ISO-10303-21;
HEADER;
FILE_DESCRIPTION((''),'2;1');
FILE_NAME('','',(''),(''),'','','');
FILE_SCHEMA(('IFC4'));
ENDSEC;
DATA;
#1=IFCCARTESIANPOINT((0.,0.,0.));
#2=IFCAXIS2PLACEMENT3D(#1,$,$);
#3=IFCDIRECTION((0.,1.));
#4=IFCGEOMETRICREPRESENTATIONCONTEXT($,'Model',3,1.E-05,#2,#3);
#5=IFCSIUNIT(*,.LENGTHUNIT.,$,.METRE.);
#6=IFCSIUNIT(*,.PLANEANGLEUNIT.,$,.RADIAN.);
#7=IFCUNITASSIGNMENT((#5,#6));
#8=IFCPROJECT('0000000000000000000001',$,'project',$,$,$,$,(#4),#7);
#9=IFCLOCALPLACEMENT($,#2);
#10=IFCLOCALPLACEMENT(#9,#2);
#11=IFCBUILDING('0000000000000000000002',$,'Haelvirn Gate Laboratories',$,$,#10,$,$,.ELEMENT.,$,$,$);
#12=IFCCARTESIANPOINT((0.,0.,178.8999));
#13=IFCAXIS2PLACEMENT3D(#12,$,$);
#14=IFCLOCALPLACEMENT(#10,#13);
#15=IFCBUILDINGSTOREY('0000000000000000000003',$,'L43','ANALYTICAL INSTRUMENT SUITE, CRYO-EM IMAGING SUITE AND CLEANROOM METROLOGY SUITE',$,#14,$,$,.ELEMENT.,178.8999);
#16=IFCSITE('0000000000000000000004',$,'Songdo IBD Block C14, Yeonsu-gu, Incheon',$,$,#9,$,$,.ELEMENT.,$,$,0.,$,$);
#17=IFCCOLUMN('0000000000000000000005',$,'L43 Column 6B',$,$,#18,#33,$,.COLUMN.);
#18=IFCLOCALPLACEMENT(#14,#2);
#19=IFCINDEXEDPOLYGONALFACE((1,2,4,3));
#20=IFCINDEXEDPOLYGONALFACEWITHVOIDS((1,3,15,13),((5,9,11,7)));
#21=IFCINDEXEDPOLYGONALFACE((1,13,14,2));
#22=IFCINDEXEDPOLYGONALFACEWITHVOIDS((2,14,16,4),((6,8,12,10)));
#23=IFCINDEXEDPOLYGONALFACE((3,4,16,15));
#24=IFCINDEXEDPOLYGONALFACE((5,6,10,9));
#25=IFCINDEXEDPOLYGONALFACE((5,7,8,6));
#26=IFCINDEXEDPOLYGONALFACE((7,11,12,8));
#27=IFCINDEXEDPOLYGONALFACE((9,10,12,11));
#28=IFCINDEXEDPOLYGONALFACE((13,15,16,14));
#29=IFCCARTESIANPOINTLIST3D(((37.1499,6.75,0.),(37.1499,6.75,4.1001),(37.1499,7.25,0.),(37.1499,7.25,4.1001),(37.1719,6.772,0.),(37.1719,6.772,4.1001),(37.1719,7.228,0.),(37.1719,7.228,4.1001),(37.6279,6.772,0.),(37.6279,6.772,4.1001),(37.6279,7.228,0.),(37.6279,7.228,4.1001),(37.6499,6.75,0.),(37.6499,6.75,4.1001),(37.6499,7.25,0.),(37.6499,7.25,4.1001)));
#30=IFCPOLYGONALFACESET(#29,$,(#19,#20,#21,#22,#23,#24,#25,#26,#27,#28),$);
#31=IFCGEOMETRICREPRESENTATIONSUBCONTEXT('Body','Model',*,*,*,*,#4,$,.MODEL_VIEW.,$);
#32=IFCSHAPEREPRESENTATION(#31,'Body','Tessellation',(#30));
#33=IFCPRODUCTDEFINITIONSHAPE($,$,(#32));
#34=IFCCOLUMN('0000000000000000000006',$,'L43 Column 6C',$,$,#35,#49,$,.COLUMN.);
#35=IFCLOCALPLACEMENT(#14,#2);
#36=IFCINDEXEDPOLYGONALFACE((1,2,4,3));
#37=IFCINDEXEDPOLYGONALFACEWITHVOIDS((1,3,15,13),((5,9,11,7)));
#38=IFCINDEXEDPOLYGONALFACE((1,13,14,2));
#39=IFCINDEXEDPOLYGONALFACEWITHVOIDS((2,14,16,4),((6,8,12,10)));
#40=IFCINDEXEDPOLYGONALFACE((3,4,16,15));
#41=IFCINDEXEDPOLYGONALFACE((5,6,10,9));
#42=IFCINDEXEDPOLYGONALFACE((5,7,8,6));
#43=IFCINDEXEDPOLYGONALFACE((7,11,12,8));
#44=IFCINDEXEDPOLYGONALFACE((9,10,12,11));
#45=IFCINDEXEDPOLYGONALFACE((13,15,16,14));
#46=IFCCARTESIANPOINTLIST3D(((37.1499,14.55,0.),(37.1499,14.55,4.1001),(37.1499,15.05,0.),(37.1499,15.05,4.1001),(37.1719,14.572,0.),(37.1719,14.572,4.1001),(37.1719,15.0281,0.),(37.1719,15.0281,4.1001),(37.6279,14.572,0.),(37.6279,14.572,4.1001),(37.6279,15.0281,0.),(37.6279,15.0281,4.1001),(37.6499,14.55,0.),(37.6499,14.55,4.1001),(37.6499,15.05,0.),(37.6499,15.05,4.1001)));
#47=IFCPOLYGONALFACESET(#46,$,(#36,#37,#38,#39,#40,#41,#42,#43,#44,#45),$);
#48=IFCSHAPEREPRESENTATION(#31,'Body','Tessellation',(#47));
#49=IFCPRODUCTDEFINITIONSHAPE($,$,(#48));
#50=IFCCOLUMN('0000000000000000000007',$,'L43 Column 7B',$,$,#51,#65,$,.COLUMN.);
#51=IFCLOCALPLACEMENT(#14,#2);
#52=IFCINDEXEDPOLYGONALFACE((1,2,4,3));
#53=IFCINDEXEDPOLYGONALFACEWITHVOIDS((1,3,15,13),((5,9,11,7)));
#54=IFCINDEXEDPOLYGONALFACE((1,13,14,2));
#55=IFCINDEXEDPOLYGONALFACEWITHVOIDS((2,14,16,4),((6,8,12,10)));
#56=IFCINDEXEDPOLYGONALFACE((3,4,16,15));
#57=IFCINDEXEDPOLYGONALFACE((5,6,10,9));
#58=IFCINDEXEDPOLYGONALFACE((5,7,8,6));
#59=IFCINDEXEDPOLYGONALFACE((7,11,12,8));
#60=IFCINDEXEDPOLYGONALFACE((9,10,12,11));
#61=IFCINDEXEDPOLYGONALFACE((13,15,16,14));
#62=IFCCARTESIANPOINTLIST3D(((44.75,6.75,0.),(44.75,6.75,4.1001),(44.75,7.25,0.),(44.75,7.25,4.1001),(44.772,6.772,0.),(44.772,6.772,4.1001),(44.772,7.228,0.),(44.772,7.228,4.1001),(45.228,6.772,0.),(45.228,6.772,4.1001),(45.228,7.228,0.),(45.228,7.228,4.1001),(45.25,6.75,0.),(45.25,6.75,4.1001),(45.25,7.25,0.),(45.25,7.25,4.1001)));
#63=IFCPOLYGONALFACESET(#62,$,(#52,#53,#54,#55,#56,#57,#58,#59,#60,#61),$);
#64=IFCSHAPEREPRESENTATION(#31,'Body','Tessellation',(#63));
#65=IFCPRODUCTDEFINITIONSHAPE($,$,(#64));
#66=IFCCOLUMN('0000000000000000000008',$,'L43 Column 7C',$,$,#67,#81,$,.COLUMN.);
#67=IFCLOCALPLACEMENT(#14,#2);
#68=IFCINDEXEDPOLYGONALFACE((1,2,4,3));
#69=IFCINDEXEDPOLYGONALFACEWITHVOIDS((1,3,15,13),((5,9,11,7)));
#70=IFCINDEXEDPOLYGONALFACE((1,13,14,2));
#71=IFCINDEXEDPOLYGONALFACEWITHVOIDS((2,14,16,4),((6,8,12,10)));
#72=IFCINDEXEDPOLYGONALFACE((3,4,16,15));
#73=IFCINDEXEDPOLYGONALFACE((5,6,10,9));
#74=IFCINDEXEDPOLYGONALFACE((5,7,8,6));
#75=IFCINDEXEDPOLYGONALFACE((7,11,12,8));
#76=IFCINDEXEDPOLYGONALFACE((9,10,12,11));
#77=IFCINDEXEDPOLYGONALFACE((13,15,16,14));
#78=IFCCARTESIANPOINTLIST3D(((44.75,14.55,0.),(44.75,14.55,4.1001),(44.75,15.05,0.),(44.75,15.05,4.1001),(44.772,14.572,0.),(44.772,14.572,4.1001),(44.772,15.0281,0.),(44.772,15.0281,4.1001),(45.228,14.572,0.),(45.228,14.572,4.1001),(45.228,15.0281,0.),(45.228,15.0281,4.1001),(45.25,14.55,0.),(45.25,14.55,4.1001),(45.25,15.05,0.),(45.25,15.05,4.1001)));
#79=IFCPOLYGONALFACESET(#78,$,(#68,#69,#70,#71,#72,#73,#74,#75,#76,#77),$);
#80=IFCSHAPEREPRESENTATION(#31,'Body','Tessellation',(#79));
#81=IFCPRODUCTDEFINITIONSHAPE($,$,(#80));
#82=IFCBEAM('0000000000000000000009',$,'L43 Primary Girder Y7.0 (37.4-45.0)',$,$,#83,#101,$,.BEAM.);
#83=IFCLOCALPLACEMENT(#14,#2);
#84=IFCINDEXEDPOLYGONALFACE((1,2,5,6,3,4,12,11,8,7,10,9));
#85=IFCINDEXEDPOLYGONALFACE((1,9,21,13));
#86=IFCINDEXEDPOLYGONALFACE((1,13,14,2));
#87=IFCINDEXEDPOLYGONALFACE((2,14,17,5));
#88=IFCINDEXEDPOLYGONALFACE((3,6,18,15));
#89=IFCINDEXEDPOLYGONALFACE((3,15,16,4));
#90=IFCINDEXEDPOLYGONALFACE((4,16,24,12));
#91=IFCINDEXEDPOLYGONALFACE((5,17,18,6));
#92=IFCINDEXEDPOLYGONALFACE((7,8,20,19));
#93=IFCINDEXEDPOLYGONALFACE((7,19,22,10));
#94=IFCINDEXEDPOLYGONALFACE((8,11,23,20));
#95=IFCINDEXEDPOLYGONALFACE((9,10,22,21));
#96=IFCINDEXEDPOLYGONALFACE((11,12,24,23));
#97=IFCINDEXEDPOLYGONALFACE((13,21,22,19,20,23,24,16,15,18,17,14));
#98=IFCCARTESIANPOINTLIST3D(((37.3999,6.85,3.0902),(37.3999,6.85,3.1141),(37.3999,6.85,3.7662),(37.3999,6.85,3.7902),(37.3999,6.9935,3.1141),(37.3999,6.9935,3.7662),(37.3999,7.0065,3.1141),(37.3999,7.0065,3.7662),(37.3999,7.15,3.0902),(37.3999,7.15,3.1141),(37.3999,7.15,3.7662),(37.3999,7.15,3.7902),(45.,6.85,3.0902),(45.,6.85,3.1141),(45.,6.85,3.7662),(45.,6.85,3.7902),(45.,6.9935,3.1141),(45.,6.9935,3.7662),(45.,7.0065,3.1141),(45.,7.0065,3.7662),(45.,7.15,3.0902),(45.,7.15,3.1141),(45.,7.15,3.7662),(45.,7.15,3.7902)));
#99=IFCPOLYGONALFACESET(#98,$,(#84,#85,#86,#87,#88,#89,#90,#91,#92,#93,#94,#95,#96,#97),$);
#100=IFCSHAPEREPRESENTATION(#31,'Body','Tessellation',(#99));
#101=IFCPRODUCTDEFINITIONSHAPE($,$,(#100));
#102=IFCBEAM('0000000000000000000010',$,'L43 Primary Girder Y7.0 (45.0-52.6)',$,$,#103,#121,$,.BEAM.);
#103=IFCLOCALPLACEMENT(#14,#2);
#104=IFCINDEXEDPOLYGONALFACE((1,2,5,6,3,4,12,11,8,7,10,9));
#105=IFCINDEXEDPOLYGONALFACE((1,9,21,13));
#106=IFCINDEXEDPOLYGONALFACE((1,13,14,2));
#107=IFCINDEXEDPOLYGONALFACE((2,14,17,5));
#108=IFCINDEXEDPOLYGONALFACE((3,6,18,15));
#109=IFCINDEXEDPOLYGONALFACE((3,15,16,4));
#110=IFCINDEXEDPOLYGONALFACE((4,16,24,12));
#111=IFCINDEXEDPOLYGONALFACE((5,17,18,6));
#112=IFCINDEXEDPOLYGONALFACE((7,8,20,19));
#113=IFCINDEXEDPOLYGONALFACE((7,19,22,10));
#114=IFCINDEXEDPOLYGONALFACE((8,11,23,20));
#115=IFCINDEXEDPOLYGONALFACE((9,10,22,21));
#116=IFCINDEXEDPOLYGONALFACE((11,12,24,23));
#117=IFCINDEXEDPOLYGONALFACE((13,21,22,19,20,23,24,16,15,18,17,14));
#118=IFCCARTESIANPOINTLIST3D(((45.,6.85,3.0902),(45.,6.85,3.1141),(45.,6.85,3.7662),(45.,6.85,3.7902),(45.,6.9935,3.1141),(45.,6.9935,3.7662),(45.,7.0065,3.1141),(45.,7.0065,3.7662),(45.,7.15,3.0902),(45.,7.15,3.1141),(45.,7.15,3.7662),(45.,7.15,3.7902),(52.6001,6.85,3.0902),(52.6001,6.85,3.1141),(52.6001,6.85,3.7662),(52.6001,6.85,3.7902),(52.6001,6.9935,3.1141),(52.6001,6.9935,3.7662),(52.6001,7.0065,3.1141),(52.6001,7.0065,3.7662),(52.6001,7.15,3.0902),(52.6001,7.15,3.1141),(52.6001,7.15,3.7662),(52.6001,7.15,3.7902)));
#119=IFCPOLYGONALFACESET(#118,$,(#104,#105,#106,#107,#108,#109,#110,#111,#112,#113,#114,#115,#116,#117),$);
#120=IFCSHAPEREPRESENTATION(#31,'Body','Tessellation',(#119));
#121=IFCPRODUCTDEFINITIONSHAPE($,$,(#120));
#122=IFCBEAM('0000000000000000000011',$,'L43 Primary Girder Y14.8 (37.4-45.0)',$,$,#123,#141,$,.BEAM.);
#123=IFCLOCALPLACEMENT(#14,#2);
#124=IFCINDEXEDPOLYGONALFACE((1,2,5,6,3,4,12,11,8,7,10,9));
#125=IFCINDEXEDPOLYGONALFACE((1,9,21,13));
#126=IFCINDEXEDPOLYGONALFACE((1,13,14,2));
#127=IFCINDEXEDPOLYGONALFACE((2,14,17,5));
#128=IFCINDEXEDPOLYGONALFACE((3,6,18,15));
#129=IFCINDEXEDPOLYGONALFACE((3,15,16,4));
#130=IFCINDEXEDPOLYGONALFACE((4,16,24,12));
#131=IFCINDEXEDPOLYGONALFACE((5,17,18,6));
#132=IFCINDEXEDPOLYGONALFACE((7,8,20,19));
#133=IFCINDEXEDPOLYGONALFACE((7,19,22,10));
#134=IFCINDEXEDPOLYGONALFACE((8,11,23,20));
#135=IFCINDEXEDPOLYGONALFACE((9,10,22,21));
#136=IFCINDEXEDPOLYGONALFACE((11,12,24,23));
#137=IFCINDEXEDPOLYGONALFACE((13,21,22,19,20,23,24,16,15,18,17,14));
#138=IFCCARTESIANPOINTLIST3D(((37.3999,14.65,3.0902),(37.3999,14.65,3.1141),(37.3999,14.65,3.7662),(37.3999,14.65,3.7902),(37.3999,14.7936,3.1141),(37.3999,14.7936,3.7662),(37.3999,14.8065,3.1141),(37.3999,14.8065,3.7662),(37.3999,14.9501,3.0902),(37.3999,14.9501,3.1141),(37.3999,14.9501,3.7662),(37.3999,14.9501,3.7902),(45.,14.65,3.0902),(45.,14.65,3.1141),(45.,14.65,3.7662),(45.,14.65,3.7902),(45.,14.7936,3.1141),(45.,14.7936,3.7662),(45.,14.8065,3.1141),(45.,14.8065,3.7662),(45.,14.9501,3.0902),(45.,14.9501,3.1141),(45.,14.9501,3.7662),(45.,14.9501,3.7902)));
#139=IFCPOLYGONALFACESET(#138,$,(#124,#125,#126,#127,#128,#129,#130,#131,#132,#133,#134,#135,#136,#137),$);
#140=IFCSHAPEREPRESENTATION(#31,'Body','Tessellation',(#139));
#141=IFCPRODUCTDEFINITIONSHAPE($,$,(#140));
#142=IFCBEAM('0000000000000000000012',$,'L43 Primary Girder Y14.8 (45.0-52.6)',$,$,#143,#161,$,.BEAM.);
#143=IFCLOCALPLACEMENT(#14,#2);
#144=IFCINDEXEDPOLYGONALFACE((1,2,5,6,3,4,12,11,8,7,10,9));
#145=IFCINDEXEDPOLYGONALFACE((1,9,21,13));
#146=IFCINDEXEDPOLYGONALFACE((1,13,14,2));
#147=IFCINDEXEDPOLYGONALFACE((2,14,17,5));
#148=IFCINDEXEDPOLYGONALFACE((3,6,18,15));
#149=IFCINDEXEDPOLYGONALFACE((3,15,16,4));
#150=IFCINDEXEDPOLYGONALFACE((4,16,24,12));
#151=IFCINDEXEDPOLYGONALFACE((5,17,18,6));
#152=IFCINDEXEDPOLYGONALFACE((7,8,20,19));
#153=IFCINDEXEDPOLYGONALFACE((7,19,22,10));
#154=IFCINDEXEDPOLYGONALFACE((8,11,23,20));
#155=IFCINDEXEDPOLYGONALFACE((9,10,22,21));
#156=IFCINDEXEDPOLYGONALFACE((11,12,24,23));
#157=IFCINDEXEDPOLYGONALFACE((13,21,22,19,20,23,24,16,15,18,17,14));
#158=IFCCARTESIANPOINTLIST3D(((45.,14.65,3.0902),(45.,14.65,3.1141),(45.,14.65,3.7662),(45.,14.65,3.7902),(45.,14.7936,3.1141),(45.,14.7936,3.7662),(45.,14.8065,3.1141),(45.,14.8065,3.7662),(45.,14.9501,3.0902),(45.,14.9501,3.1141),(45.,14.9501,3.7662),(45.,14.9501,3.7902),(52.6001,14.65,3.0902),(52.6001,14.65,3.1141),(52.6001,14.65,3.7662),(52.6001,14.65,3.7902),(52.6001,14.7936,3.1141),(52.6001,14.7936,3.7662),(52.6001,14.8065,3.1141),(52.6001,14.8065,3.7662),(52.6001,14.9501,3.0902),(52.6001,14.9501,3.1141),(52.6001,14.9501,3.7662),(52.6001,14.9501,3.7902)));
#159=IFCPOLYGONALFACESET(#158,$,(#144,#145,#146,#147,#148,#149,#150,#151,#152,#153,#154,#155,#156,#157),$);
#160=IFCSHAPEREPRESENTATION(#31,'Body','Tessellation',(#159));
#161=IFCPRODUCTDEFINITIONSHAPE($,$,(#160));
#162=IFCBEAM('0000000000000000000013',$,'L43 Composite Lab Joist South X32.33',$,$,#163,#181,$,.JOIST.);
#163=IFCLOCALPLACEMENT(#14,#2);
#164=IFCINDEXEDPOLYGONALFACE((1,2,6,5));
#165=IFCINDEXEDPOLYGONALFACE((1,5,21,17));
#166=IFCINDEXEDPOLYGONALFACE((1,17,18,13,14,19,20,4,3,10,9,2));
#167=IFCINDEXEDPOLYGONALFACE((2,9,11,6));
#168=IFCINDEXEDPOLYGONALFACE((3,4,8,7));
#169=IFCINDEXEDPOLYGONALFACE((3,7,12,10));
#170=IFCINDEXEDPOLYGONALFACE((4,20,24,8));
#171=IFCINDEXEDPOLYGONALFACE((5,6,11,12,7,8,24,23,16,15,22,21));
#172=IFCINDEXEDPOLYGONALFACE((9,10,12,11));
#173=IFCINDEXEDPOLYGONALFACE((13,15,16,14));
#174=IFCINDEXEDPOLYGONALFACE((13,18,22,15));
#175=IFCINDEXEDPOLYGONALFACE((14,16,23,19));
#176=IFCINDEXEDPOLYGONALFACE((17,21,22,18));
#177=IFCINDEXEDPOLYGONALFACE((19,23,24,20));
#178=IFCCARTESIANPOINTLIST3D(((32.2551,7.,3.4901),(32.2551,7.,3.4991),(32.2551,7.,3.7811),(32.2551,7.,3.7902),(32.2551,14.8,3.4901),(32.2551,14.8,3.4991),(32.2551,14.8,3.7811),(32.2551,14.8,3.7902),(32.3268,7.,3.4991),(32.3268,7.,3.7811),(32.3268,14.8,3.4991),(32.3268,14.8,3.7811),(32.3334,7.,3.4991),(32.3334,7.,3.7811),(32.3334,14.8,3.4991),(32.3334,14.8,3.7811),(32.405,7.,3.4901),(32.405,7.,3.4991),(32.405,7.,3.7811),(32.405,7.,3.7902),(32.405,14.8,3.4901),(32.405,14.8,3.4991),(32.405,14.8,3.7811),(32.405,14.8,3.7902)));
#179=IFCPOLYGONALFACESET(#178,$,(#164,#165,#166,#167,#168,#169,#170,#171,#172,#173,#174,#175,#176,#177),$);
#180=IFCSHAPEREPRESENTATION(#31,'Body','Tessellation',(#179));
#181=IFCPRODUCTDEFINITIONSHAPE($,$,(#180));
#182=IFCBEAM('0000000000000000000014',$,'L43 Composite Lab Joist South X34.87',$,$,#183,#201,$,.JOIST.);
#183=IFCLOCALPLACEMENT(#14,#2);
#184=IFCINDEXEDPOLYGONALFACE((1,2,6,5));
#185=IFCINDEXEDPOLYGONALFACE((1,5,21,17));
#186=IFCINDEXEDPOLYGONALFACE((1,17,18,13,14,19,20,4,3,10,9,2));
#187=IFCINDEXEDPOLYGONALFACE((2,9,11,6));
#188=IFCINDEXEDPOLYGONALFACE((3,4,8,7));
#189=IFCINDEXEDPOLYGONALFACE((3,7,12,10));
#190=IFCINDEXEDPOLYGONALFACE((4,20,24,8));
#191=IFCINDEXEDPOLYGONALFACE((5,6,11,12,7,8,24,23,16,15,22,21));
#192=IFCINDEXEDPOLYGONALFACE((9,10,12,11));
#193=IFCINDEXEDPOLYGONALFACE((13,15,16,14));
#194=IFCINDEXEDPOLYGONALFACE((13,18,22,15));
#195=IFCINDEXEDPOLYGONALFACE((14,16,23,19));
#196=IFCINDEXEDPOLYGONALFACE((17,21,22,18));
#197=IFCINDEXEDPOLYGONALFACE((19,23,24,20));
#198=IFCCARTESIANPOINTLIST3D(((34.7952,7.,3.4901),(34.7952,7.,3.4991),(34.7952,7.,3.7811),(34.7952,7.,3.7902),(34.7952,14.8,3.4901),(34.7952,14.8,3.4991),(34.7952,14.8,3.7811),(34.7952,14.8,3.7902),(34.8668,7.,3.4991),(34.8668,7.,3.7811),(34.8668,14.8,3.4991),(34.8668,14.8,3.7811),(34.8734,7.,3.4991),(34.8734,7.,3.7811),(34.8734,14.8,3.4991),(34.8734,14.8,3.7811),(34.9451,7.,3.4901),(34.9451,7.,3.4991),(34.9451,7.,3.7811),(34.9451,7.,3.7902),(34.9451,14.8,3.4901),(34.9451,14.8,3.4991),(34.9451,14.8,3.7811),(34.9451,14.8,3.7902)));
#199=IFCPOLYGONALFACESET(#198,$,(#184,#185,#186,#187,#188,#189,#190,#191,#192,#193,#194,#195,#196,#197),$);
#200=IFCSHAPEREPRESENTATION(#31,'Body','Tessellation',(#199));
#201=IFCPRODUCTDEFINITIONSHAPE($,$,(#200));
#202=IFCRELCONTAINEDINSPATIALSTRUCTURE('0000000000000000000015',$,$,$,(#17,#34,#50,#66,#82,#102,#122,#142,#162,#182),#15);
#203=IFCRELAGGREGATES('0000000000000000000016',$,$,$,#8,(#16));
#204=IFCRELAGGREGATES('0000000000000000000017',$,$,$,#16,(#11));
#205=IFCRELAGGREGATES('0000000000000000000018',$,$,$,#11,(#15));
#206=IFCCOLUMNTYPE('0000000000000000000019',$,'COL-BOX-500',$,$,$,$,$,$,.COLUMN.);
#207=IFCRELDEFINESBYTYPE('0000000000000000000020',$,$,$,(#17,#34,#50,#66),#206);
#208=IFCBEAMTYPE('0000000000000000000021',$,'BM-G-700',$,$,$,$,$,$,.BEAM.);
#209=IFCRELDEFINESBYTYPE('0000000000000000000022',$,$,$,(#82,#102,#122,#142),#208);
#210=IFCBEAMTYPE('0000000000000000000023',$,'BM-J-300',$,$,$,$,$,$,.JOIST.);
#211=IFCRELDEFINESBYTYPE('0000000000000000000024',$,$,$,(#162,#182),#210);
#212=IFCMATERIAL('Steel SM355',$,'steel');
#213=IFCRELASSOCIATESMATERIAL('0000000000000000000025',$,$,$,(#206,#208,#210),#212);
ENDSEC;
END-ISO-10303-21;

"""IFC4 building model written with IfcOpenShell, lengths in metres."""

from ifc_helpers import new_model, si_unit, direction, frame, origin, origin_2d, place, context, subcontext, project, spatial, hollow_rectangle, i_section, extrude, source, transform, mapped, material, material_profile, profile_set, type_object, type_shapes, element, save


model = new_model("IFC4")

# Units and contexts
model_context = context("Model", 3, precision=1e-05, world=origin(), true_north=direction((0.0, 1.0)))
body_context = subcontext(model_context, "Body", "Model", "MODEL_VIEW")
ifc_project = project(units=[si_unit("LENGTHUNIT", "METRE"), si_unit("PLANEANGLEUNIT", "RADIAN")], contexts=[model_context])

# Site, building, storey
site_placement = place(None, origin())
site = spatial("IfcSite", under=ifc_project, at=site_placement, Name="Songdo IBD Block C14, Yeonsu-gu, Incheon", CompositionType="ELEMENT", RefElevation=0.0)
building_placement = place(site_placement, origin())
building = spatial("IfcBuilding", under=site, at=building_placement, Name="Haelvirn Gate Laboratories", CompositionType="ELEMENT")
storey_placement = place(building_placement, frame((0.0, 0.0, 178.8999)))
storey = spatial("IfcBuildingStorey", under=building, at=storey_placement, Name="L43", Description="ANALYTICAL INSTRUMENT SUITE, CRYO-EM IMAGING SUITE AND CLEANROOM METROLOGY SUITE", CompositionType="ELEMENT", Elevation=178.8999)

# Columns
ifc_material_1 = material(Name="Steel SM355", Category="steel")
ifc_material_profile_1 = material_profile(ifc_material_1, hollow_rectangle(XDim=0.5, YDim=0.5, WallThickness=0.022, at=origin_2d()), Name="BOX-500x500x22")
ifc_profile_set_1 = profile_set([ifc_material_profile_1], Name="Steel SM355")
column_type = type_object("IfcColumnType", Name="COL-BOX-500", PredefinedType="COLUMN", material=ifc_profile_set_1)
shared_shape_1 = source(origin(), body_context, "Body", "SweptSolid", [
    extrude(hollow_rectangle(XDim=0.5, YDim=0.5, WallThickness=0.022, at=origin_2d()), origin(), (0.0, 0.0, 1.0), 4.1001),
])
type_shapes(column_type, [shared_shape_1])
for number, where, z_axis, x_axis, name in (
    (1, (37.3999, 7.0, 0.0), (0.0, 0.0, 1.0), (1.0, 0.0, 0.0), "L43 Column 6B"),
    (2, (37.3999, 14.8, 0.0), (0.0, 0.0, 1.0), (1.0, 0.0, 0.0), "L43 Column 6C"),
    (3, (45.0, 7.0, 0.0), (0.0, 0.0, 1.0), (1.0, 0.0, 0.0), "L43 Column 7B"),
    (4, (45.0, 14.8, 0.0), (0.0, 0.0, 1.0), (1.0, 0.0, 0.0), "L43 Column 7C"),
):
    element("IfcColumn", number, at=place(storey_placement, frame(where, z_axis=z_axis, x_axis=x_axis)), inside=storey, type_object=column_type, Name=name, PredefinedType="COLUMN", context=body_context, shape_type="MappedRepresentation", body=[
        mapped(shared_shape_1, transform((0.0, 0.0, 0.0), scale=1.0)),
    ])

# Beams
ifc_material_profile_2 = material_profile(ifc_material_1, i_section(OverallWidth=0.3, OverallDepth=0.7, WebThickness=0.0129, FlangeThickness=0.0239, at=origin_2d()), Name="H-700x300x13x24")
ifc_profile_set_2 = profile_set([ifc_material_profile_2], Name="Steel SM355")
beam_type_1 = type_object("IfcBeamType", Name="BM-G-700", PredefinedType="BEAM", material=ifc_profile_set_2)
shared_shape_2 = source(origin(), body_context, "Body", "SweptSolid", [
    extrude(i_section(OverallWidth=0.3, OverallDepth=0.7, WebThickness=0.0129, FlangeThickness=0.0239, at=origin_2d()), origin(), (0.0, 0.0, 1.0), 7.6001),
])
type_shapes(beam_type_1, [shared_shape_2])
for number, where, z_axis, x_axis, name in (
    (5, (37.3999, 7.0, 3.4402), (1.0, 0.0, 0.0), (0.0, 1.0, 0.0), "L43 Primary Girder Y7.0 (37.4-45.0)"),
    (6, (45.0, 7.0, 3.4402), (1.0, 0.0, 0.0), (0.0, 1.0, 0.0), "L43 Primary Girder Y7.0 (45.0-52.6)"),
    (7, (37.3999, 14.8, 3.4402), (1.0, 0.0, 0.0), (0.0, 1.0, 0.0), "L43 Primary Girder Y14.8 (37.4-45.0)"),
    (8, (45.0, 14.8, 3.4402), (1.0, 0.0, 0.0), (0.0, 1.0, 0.0), "L43 Primary Girder Y14.8 (45.0-52.6)"),
):
    element("IfcBeam", number, at=place(storey_placement, frame(where, z_axis=z_axis, x_axis=x_axis)), inside=storey, type_object=beam_type_1, Name=name, PredefinedType="BEAM", context=body_context, shape_type="MappedRepresentation", body=[
        mapped(shared_shape_2, transform((0.0, 0.0, 0.0), scale=1.0)),
    ])
ifc_material_profile_3 = material_profile(ifc_material_1, i_section(OverallWidth=0.1499, OverallDepth=0.3, WebThickness=0.0066, FlangeThickness=0.009, at=origin_2d()), Name="H-300x150x6.5x9")
ifc_profile_set_3 = profile_set([ifc_material_profile_3], Name="Steel SM355")
beam_type_2 = type_object("IfcBeamType", Name="BM-J-300", PredefinedType="JOIST", material=ifc_profile_set_3)
shared_shape_3 = source(origin(), body_context, "Body", "SweptSolid", [
    extrude(i_section(OverallWidth=0.1499, OverallDepth=0.3, WebThickness=0.0066, FlangeThickness=0.009, at=origin_2d()), origin(), (0.0, 0.0, 1.0), 7.8),
])
type_shapes(beam_type_2, [shared_shape_3])
for number, where, z_axis, x_axis, name in (
    (9, (32.3301, 7.0, 3.6401), (0.0, 1.0, 0.0), (-1.0, 0.0, 0.0), "L43 Composite Lab Joist South X32.33"),
    (10, (34.8701, 7.0, 3.6401), (0.0, 1.0, 0.0), (-1.0, 0.0, 0.0), "L43 Composite Lab Joist South X34.87"),
):
    element("IfcBeam", number, at=place(storey_placement, frame(where, z_axis=z_axis, x_axis=x_axis)), inside=storey, type_object=beam_type_2, Name=name, PredefinedType="JOIST", context=body_context, shape_type="MappedRepresentation", body=[
        mapped(shared_shape_3, transform((0.0, 0.0, 0.0), scale=1.0)),
    ])

save(model, "model.ifc")
